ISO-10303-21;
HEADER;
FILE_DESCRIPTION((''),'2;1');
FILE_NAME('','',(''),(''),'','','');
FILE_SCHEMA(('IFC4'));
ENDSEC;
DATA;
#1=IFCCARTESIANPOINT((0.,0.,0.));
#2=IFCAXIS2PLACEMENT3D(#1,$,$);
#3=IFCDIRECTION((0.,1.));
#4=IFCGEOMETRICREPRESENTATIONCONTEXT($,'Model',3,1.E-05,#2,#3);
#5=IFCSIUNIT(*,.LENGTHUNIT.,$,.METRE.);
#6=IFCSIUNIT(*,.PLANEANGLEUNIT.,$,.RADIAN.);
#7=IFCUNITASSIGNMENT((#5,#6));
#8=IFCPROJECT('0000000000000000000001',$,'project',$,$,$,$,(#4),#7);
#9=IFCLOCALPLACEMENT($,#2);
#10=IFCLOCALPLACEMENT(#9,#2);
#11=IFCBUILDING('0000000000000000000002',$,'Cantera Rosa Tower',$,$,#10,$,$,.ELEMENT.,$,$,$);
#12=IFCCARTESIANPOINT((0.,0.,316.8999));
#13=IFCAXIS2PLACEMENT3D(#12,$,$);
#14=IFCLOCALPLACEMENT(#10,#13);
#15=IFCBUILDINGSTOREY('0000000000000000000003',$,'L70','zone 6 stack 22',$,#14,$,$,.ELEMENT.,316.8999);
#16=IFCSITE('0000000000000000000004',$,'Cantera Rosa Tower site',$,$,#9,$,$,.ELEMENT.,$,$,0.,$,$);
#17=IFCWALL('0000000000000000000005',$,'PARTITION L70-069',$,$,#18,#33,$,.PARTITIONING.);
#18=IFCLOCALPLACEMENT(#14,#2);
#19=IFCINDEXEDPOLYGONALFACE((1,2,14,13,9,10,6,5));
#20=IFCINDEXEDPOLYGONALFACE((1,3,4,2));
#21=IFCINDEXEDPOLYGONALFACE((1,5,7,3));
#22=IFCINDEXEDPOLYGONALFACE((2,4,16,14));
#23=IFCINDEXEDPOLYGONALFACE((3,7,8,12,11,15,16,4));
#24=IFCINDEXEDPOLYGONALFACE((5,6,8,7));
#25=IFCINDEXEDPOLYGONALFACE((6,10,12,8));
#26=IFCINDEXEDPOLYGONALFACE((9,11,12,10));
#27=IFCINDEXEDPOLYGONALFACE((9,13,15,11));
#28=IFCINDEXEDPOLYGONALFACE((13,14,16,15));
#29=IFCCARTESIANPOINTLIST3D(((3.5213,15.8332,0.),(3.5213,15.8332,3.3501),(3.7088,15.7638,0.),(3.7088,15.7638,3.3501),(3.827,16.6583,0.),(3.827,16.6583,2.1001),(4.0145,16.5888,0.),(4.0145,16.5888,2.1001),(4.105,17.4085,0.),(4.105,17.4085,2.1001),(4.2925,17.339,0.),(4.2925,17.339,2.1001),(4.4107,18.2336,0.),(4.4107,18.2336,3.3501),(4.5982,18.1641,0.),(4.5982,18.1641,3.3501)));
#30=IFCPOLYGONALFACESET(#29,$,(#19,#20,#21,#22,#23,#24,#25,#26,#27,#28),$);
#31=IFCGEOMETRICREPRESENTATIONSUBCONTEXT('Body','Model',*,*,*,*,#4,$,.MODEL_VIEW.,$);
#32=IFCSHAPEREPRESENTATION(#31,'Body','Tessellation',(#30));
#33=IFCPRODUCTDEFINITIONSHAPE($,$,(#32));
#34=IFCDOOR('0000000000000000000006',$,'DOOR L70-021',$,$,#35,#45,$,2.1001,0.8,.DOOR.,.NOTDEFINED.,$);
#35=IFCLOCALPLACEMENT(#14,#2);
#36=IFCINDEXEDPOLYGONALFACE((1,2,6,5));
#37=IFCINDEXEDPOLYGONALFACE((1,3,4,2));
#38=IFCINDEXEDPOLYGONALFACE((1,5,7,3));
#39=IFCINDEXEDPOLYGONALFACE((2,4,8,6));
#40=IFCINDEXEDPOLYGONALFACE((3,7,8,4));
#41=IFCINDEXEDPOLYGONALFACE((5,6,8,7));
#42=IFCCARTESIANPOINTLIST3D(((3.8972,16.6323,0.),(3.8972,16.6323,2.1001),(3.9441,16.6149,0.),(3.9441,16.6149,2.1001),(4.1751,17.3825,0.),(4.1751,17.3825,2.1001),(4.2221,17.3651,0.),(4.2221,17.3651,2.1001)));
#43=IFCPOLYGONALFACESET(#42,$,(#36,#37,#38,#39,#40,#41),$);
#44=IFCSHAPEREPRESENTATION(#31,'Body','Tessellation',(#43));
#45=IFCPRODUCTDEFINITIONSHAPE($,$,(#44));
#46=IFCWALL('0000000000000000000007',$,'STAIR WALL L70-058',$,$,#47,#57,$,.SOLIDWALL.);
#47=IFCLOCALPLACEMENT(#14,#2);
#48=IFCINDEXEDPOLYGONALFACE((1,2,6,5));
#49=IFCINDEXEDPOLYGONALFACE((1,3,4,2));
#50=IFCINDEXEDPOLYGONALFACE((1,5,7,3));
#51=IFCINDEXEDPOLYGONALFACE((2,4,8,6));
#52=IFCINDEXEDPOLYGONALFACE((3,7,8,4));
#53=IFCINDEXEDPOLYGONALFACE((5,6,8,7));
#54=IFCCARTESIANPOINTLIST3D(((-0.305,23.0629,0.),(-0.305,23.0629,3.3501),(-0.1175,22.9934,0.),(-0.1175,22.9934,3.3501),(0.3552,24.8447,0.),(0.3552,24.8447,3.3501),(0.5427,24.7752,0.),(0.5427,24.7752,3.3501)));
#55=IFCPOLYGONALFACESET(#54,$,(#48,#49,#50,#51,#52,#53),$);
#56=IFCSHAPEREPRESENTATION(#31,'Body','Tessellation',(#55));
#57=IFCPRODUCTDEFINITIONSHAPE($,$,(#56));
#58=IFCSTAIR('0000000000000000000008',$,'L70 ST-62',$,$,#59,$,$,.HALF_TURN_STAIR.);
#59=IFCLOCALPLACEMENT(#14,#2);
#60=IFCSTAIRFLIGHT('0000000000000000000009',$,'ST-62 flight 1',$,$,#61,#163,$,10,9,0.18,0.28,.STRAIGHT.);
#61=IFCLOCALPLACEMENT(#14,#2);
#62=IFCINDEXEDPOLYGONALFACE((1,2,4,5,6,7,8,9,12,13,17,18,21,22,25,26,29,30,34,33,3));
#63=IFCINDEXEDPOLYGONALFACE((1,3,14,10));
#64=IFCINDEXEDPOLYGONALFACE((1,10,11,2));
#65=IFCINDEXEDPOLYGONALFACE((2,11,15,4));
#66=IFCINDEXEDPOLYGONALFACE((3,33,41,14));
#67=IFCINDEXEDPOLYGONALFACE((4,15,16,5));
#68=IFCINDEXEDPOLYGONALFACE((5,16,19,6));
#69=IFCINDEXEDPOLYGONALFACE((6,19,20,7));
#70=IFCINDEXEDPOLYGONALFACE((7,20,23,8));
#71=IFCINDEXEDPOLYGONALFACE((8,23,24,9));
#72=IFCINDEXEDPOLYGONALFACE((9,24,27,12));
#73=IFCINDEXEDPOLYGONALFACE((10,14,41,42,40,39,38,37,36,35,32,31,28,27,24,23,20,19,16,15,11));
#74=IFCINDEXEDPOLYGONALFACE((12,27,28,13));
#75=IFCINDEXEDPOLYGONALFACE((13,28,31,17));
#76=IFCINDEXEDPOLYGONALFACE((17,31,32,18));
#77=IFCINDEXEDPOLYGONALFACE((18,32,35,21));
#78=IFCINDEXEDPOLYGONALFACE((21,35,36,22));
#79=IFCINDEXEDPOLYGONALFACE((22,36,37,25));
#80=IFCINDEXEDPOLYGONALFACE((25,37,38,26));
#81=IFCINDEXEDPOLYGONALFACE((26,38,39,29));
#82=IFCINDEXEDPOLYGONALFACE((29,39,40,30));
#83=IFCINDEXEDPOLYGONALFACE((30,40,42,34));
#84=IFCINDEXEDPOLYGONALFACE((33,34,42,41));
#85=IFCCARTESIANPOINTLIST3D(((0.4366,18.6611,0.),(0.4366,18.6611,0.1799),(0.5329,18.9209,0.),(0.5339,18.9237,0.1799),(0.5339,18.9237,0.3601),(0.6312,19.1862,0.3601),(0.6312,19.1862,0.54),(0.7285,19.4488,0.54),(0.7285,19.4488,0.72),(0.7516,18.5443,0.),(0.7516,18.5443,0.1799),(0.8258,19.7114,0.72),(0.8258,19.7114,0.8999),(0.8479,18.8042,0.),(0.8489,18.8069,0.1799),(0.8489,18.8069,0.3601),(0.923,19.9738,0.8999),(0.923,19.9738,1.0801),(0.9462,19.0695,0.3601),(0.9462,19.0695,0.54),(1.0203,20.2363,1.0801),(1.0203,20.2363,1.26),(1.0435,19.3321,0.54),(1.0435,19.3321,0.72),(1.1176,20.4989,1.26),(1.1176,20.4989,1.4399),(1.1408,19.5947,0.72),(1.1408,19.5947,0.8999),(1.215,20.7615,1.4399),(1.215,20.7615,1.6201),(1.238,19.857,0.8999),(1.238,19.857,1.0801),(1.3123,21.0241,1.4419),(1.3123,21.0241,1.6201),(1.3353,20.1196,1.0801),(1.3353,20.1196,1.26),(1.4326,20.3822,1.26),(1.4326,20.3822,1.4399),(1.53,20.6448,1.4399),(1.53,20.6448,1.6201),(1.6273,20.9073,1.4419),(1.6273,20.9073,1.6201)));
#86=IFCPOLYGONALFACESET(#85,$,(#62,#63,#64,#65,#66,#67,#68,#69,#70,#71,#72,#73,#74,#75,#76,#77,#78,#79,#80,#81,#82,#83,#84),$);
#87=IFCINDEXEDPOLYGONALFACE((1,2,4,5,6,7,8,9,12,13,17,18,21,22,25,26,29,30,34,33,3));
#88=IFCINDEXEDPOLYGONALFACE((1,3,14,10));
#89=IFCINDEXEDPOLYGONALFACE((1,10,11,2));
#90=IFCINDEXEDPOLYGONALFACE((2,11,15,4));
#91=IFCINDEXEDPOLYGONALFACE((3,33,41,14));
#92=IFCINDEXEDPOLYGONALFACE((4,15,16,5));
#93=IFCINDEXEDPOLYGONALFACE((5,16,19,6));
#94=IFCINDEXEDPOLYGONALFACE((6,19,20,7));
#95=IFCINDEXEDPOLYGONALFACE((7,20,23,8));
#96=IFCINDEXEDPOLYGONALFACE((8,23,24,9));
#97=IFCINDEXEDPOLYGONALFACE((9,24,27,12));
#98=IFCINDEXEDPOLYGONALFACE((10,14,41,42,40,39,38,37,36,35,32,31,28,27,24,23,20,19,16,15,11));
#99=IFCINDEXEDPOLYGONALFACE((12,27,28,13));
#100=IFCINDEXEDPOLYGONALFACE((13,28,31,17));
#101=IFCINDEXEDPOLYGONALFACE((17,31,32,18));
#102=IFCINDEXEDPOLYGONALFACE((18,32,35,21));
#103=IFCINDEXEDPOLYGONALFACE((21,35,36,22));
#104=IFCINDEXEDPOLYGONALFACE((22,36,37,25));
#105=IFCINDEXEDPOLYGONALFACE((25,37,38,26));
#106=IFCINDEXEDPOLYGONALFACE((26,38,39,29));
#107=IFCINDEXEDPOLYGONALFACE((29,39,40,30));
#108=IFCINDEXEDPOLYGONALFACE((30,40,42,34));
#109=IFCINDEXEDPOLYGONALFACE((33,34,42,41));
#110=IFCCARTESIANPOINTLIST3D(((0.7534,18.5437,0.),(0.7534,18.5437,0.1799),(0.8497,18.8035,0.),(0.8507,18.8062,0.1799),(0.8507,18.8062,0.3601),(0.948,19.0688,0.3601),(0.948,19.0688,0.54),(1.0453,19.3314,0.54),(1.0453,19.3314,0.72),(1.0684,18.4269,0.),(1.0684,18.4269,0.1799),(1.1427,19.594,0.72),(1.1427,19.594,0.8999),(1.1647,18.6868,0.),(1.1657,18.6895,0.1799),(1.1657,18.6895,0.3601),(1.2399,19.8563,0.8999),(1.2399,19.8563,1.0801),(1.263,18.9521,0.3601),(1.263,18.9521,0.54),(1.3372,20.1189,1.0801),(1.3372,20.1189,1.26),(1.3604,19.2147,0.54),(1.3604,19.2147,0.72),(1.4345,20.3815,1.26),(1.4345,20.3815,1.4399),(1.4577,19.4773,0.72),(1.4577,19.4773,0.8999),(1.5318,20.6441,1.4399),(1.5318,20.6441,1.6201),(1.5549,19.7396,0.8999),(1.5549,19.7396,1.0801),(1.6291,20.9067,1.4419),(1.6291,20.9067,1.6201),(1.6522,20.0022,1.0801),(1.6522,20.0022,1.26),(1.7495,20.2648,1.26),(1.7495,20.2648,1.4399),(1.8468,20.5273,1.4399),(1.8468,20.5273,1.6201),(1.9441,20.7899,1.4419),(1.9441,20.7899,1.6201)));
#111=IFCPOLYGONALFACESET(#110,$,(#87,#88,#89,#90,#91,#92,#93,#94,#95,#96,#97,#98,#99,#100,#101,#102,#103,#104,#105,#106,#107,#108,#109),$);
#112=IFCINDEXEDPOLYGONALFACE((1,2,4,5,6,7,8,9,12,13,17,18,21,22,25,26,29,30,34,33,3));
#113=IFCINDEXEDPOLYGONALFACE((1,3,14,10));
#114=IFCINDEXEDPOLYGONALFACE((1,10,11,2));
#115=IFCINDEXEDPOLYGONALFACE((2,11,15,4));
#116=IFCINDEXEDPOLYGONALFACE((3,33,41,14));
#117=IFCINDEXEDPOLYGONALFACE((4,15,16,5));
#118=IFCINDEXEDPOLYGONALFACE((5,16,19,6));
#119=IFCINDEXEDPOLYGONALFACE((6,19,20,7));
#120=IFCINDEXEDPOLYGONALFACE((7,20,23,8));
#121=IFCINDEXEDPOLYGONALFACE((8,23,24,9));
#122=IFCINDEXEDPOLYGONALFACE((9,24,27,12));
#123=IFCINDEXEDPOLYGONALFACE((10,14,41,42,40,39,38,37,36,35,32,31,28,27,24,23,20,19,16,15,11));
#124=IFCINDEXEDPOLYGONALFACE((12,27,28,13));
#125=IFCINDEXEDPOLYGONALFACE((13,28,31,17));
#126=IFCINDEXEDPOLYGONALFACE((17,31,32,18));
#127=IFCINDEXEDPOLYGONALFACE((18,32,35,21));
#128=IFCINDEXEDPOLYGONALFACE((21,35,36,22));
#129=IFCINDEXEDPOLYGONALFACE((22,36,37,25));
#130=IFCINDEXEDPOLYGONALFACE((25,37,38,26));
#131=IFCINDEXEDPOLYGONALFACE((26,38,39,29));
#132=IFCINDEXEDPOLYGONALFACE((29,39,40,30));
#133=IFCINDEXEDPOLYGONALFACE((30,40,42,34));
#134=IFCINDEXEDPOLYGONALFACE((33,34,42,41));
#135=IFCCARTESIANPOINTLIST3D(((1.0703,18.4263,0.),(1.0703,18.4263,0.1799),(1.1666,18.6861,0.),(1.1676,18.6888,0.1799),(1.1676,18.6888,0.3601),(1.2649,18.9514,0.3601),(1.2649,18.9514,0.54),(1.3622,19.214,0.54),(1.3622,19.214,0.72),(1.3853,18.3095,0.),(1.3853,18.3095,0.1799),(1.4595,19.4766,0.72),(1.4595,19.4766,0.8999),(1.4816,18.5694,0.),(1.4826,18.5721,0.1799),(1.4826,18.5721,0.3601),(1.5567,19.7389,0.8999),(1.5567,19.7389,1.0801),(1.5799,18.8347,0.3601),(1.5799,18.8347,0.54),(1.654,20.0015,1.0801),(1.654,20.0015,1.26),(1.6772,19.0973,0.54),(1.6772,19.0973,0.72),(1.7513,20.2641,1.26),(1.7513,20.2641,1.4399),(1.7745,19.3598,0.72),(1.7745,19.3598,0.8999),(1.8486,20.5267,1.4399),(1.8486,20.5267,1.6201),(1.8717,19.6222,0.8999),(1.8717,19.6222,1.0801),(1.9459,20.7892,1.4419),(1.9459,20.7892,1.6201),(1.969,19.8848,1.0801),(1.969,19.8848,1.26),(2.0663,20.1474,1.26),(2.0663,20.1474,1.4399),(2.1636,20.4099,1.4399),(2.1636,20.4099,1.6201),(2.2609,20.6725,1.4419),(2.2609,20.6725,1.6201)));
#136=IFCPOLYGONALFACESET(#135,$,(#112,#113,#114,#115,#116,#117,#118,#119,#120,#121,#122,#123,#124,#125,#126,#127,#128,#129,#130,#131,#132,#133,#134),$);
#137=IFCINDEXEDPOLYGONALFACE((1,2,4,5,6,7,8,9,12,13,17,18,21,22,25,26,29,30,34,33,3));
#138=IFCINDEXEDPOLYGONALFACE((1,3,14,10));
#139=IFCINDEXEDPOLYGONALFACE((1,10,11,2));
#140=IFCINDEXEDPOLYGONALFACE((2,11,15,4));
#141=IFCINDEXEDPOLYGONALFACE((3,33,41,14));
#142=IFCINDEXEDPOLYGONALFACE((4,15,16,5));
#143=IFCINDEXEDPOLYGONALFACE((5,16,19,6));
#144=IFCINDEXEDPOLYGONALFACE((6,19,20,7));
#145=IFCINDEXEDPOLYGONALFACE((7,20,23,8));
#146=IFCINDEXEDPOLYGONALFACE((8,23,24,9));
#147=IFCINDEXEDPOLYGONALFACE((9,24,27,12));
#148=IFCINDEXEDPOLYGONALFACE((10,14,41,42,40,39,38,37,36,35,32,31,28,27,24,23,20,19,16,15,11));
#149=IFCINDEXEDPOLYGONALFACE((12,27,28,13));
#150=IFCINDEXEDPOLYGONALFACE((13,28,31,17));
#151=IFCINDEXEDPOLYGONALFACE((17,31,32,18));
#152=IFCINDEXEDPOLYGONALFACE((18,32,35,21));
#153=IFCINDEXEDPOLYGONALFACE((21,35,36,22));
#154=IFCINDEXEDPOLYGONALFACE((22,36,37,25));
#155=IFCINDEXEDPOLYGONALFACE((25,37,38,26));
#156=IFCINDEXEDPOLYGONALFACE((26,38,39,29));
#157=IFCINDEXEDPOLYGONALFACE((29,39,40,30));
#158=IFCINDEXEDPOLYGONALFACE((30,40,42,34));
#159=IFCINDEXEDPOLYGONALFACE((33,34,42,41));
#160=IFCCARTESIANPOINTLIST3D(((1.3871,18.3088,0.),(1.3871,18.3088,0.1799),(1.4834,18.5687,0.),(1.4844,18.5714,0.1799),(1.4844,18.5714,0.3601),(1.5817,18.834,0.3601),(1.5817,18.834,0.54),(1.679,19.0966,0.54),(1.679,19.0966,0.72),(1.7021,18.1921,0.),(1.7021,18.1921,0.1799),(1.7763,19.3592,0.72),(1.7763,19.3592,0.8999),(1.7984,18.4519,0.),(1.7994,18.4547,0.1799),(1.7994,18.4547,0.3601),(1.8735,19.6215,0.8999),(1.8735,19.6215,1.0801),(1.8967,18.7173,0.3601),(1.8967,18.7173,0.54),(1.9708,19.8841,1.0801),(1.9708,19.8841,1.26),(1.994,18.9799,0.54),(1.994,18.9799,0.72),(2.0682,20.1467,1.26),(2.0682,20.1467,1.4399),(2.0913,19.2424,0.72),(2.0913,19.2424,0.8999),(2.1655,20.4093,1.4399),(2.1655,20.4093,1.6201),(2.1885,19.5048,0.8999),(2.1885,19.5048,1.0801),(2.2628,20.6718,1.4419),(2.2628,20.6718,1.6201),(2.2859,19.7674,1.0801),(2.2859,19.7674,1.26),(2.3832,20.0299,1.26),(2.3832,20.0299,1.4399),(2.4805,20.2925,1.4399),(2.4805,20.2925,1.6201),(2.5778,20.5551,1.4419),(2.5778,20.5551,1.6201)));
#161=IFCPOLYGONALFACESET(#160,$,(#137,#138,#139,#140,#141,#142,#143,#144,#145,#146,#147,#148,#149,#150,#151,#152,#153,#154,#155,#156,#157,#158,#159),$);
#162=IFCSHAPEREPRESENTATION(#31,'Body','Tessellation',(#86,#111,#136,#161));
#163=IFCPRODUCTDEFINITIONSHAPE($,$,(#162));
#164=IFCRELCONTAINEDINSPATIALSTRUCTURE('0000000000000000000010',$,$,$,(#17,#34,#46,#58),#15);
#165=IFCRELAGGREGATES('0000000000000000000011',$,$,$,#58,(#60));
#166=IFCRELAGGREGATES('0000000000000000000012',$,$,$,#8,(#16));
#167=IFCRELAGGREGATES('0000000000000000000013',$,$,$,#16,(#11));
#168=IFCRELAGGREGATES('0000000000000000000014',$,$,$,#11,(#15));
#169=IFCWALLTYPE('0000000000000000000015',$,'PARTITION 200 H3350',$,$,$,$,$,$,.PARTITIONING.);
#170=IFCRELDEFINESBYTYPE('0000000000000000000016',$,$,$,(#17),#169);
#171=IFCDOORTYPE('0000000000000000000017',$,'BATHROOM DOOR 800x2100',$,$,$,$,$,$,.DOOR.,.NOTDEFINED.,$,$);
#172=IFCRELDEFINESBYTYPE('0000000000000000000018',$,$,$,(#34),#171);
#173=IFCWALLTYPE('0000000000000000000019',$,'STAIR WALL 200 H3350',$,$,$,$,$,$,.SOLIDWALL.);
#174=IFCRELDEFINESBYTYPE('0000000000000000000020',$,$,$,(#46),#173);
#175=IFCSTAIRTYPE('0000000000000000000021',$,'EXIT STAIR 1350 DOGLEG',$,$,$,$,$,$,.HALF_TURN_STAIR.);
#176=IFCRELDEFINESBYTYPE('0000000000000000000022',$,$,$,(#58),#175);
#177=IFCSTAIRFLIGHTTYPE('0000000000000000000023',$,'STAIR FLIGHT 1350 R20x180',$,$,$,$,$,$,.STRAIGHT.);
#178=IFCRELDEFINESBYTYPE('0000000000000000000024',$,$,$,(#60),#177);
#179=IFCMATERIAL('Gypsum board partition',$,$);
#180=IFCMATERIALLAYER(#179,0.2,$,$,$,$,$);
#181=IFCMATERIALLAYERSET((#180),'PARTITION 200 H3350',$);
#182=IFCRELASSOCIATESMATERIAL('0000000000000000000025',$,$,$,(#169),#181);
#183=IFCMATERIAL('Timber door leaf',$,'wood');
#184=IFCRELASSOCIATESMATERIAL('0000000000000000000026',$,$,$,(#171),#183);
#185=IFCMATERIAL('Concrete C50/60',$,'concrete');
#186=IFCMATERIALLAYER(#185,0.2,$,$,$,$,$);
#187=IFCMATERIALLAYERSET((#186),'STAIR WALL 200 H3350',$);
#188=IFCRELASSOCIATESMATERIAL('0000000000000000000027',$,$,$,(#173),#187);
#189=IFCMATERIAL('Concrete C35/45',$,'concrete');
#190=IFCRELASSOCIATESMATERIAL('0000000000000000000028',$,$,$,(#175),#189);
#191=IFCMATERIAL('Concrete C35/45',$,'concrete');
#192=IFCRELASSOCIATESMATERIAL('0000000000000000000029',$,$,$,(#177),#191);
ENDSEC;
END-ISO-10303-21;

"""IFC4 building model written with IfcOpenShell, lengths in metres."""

from ifc_helpers import new_model, si_unit, direction, frame, frame_2d, origin, place, context, subcontext, project, spatial, polyline, rectangle, outline, extrude, material, layer, layer_set, type_object, element, fill, aggregate, save


model = new_model("IFC4")

# Units and contexts
model_context = context("Model", 3, precision=1e-05, world=origin(), true_north=direction((0.0, 1.0)))
body_context = subcontext(model_context, "Body", "Model", "MODEL_VIEW")
ifc_project = project(units=[si_unit("LENGTHUNIT", "METRE"), si_unit("PLANEANGLEUNIT", "RADIAN")], contexts=[model_context])

# Site, building, storey
site_placement = place(None, origin())
site = spatial("IfcSite", under=ifc_project, at=site_placement, Name="Cantera Rosa Tower site", CompositionType="ELEMENT", RefElevation=0.0)
building_placement = place(site_placement, origin())
building = spatial("IfcBuilding", under=site, at=building_placement, Name="Cantera Rosa Tower", CompositionType="ELEMENT")
storey_placement = place(building_placement, frame((0.0, 0.0, 316.8999)))
storey = spatial("IfcBuildingStorey", under=building, at=storey_placement, Name="L70", Description="zone 6 stack 22", CompositionType="ELEMENT", Elevation=316.8999)

# Wall, opening, door
ifc_material_1 = material(Name="Gypsum board partition")
ifc_layer_1 = layer(ifc_material_1, 0.2)
ifc_layer_set_1 = layer_set([ifc_layer_1], Name="PARTITION 200 H3350")
wall_type_1 = type_object("IfcWallType", Name="PARTITION 200 H3350", PredefinedType="PARTITIONING", material=ifc_layer_set_1)
wall_1_placement = place(storey_placement, frame((4.5044, 18.1987, 0.0), z_axis=(0.0, 0.0, 1.0), x_axis=(-0.347442, -0.937702, 0.0)))
wall_1 = element("IfcWall", 1, at=wall_1_placement, inside=storey, type_object=wall_type_1, Name="PARTITION L70-069", PredefinedType="PARTITIONING", context=body_context, shape_type="SweptSolid", body=[
    extrude(rectangle(XDim=2.5598, YDim=0.2, at=frame_2d((1.2798, 0.0))), origin(), (0.0, 0.0, 1.0), 3.3501),
])
opening_1_placement = place(wall_1_placement, frame((0.8799, 0.0, 0.0)))
opening_1 = element("IfcOpeningElement", 2, at=opening_1_placement, cuts=wall_1, PredefinedType="OPENING", context=body_context, shape_type="SweptSolid", body=[
    extrude(rectangle(XDim=0.8, YDim=2.1001, at=frame_2d((0.3999, 1.05))), frame((0.0, 0.1099, 0.0), z_axis=(0.0, -1.0, 0.0), x_axis=(1.0, 0.0, 0.0)), (0.0, 0.0, 1.0), 0.22),
])
ifc_material_2 = material(Name="Timber door leaf", Category="wood")
door_type_1 = type_object("IfcDoorType", Name="BATHROOM DOOR 800x2100", OperationType="NOTDEFINED", PredefinedType="DOOR", material=ifc_material_2)
door_1_placement = place(opening_1_placement, origin())
door_1 = element("IfcDoor", 3, at=door_1_placement, inside=storey, type_object=door_type_1, Name="DOOR L70-021", OperationType="NOTDEFINED", OverallHeight=2.1001, OverallWidth=0.8, PredefinedType="DOOR", context=body_context, shape_type="SweptSolid", body=[
    extrude(rectangle(XDim=0.8, YDim=2.1001, at=frame_2d((0.3999, 1.05))), frame((0.0, 0.0249, 0.0), z_axis=(0.0, -1.0, 0.0), x_axis=(1.0, 0.0, 0.0)), (0.0, 0.0, 1.0), 0.05),
])
fill(opening_1, door_1)

# Wall
ifc_material_3 = material(Name="Concrete C50/60", Category="concrete")
ifc_layer_2 = layer(ifc_material_3, 0.2)
ifc_layer_set_2 = layer_set([ifc_layer_2], Name="STAIR WALL 200 H3350")
wall_type_2 = type_object("IfcWallType", Name="STAIR WALL 200 H3350", PredefinedType="SOLIDWALL", material=ifc_layer_set_2)
wall_2_placement = place(storey_placement, frame((0.449, 24.8101, 0.0), z_axis=(0.0, 0.0, 1.0), x_axis=(-0.347432, -0.937705, 0.0)))
element("IfcWall", 4, at=wall_2_placement, inside=storey, type_object=wall_type_2, Name="STAIR WALL L70-058", PredefinedType="SOLIDWALL", context=body_context, shape_type="SweptSolid", body=[
    extrude(rectangle(XDim=1.9001, YDim=0.2, at=frame_2d((0.9502, 0.0))), origin(), (0.0, 0.0, 1.0), 3.3501),
])

# Stair, stair flight
ifc_material_4 = material(Name="Concrete C35/45", Category="concrete")
stair_type = type_object("IfcStairType", Name="EXIT STAIR 1350 DOGLEG", PredefinedType="HALF_TURN_STAIR", material=ifc_material_4)
stair_placement = place(storey_placement, origin())
stair = element("IfcStair", 5, at=stair_placement, inside=storey, type_object=stair_type, Name="L70 ST-62", PredefinedType="HALF_TURN_STAIR")
ifc_material_5 = material(Name="Concrete C35/45", Category="concrete")
stair_flight_type = type_object("IfcStairFlightType", Name="STAIR FLIGHT 1350 R20x180", PredefinedType="STRAIGHT", material=ifc_material_5)
stair_flight_1_placement = place(storey_placement, frame((1.0696, 18.4265, 0.0), z_axis=(0.0, 0.0, 1.0), x_axis=(0.347481, 0.937687, 0.0)))
stair_flight_1 = element("IfcStairFlight", 6, at=stair_flight_1_placement, type_object=stair_flight_type, Name="ST-62 flight 1", NumberOfRisers=10, NumberOfTreads=9, PredefinedType="STRAIGHT", RiserHeight=0.18, TreadLength=0.28, context=body_context, shape_type="SweptSolid", body=[
    extrude(outline(polyline([(0.0, 0.0), (0.0, 0.1799), (0.28, 0.1799), (0.28, 0.3601), (0.5601, 0.3601), (0.5601, 0.54), (0.8401, 0.54), (0.8401, 0.72), (1.1201, 0.72), (1.1201, 0.8999), (1.3999, 0.8999), (1.3999, 1.0801), (1.6799, 1.0801), (1.6799, 1.26), (1.96, 1.26), (1.96, 1.4399), (2.24, 1.4399), (2.24, 1.6201), (2.52, 1.6201), (2.52, 1.8), (2.52, 1.4419), (0.2771, 0.0), (0.0, 0.0)])), frame((0.0, 0.675, 0.0), z_axis=(0.0, -1.0, 0.0), x_axis=(1.0, 0.0, 0.0)), (0.0, 0.0, 1.0), 0.3359),
    extrude(outline(polyline([(0.0, 0.0), (0.0, 0.1799), (0.28, 0.1799), (0.28, 0.3601), (0.5601, 0.3601), (0.5601, 0.54), (0.8401, 0.54), (0.8401, 0.72), (1.1201, 0.72), (1.1201, 0.8999), (1.3999, 0.8999), (1.3999, 1.0801), (1.6799, 1.0801), (1.6799, 1.26), (1.96, 1.26), (1.96, 1.4399), (2.24, 1.4399), (2.24, 1.6201), (2.52, 1.6201), (2.52, 1.8), (2.52, 1.4419), (0.2771, 0.0), (0.0, 0.0)])), frame((0.0, 0.3372, 0.0), z_axis=(0.0, -1.0, 0.0), x_axis=(1.0, 0.0, 0.0)), (0.0, 0.0, 1.0), 0.3359),
    extrude(outline(polyline([(0.0, 0.0), (0.0, 0.1799), (0.28, 0.1799), (0.28, 0.3601), (0.5601, 0.3601), (0.5601, 0.54), (0.8401, 0.54), (0.8401, 0.72), (1.1201, 0.72), (1.1201, 0.8999), (1.3999, 0.8999), (1.3999, 1.0801), (1.6799, 1.0801), (1.6799, 1.26), (1.96, 1.26), (1.96, 1.4399), (2.24, 1.4399), (2.24, 1.6201), (2.52, 1.6201), (2.52, 1.8), (2.52, 1.4419), (0.2771, 0.0), (0.0, 0.0)])), frame((0.0, -0.0007, 0.0), z_axis=(0.0, -1.0, 0.0), x_axis=(1.0, 0.0, 0.0)), (0.0, 0.0, 1.0), 0.3359),
    extrude(outline(polyline([(0.0, 0.0), (0.0, 0.1799), (0.28, 0.1799), (0.28, 0.3601), (0.5601, 0.3601), (0.5601, 0.54), (0.8401, 0.54), (0.8401, 0.72), (1.1201, 0.72), (1.1201, 0.8999), (1.3999, 0.8999), (1.3999, 1.0801), (1.6799, 1.0801), (1.6799, 1.26), (1.96, 1.26), (1.96, 1.4399), (2.24, 1.4399), (2.24, 1.6201), (2.52, 1.6201), (2.52, 1.8), (2.52, 1.4419), (0.2771, 0.0), (0.0, 0.0)])), frame((0.0, -0.3386, 0.0), z_axis=(0.0, -1.0, 0.0), x_axis=(1.0, 0.0, 0.0)), (0.0, 0.0, 1.0), 0.3359),
])
aggregate(stair, [stair_flight_1])

save(model, "model.ifc")
